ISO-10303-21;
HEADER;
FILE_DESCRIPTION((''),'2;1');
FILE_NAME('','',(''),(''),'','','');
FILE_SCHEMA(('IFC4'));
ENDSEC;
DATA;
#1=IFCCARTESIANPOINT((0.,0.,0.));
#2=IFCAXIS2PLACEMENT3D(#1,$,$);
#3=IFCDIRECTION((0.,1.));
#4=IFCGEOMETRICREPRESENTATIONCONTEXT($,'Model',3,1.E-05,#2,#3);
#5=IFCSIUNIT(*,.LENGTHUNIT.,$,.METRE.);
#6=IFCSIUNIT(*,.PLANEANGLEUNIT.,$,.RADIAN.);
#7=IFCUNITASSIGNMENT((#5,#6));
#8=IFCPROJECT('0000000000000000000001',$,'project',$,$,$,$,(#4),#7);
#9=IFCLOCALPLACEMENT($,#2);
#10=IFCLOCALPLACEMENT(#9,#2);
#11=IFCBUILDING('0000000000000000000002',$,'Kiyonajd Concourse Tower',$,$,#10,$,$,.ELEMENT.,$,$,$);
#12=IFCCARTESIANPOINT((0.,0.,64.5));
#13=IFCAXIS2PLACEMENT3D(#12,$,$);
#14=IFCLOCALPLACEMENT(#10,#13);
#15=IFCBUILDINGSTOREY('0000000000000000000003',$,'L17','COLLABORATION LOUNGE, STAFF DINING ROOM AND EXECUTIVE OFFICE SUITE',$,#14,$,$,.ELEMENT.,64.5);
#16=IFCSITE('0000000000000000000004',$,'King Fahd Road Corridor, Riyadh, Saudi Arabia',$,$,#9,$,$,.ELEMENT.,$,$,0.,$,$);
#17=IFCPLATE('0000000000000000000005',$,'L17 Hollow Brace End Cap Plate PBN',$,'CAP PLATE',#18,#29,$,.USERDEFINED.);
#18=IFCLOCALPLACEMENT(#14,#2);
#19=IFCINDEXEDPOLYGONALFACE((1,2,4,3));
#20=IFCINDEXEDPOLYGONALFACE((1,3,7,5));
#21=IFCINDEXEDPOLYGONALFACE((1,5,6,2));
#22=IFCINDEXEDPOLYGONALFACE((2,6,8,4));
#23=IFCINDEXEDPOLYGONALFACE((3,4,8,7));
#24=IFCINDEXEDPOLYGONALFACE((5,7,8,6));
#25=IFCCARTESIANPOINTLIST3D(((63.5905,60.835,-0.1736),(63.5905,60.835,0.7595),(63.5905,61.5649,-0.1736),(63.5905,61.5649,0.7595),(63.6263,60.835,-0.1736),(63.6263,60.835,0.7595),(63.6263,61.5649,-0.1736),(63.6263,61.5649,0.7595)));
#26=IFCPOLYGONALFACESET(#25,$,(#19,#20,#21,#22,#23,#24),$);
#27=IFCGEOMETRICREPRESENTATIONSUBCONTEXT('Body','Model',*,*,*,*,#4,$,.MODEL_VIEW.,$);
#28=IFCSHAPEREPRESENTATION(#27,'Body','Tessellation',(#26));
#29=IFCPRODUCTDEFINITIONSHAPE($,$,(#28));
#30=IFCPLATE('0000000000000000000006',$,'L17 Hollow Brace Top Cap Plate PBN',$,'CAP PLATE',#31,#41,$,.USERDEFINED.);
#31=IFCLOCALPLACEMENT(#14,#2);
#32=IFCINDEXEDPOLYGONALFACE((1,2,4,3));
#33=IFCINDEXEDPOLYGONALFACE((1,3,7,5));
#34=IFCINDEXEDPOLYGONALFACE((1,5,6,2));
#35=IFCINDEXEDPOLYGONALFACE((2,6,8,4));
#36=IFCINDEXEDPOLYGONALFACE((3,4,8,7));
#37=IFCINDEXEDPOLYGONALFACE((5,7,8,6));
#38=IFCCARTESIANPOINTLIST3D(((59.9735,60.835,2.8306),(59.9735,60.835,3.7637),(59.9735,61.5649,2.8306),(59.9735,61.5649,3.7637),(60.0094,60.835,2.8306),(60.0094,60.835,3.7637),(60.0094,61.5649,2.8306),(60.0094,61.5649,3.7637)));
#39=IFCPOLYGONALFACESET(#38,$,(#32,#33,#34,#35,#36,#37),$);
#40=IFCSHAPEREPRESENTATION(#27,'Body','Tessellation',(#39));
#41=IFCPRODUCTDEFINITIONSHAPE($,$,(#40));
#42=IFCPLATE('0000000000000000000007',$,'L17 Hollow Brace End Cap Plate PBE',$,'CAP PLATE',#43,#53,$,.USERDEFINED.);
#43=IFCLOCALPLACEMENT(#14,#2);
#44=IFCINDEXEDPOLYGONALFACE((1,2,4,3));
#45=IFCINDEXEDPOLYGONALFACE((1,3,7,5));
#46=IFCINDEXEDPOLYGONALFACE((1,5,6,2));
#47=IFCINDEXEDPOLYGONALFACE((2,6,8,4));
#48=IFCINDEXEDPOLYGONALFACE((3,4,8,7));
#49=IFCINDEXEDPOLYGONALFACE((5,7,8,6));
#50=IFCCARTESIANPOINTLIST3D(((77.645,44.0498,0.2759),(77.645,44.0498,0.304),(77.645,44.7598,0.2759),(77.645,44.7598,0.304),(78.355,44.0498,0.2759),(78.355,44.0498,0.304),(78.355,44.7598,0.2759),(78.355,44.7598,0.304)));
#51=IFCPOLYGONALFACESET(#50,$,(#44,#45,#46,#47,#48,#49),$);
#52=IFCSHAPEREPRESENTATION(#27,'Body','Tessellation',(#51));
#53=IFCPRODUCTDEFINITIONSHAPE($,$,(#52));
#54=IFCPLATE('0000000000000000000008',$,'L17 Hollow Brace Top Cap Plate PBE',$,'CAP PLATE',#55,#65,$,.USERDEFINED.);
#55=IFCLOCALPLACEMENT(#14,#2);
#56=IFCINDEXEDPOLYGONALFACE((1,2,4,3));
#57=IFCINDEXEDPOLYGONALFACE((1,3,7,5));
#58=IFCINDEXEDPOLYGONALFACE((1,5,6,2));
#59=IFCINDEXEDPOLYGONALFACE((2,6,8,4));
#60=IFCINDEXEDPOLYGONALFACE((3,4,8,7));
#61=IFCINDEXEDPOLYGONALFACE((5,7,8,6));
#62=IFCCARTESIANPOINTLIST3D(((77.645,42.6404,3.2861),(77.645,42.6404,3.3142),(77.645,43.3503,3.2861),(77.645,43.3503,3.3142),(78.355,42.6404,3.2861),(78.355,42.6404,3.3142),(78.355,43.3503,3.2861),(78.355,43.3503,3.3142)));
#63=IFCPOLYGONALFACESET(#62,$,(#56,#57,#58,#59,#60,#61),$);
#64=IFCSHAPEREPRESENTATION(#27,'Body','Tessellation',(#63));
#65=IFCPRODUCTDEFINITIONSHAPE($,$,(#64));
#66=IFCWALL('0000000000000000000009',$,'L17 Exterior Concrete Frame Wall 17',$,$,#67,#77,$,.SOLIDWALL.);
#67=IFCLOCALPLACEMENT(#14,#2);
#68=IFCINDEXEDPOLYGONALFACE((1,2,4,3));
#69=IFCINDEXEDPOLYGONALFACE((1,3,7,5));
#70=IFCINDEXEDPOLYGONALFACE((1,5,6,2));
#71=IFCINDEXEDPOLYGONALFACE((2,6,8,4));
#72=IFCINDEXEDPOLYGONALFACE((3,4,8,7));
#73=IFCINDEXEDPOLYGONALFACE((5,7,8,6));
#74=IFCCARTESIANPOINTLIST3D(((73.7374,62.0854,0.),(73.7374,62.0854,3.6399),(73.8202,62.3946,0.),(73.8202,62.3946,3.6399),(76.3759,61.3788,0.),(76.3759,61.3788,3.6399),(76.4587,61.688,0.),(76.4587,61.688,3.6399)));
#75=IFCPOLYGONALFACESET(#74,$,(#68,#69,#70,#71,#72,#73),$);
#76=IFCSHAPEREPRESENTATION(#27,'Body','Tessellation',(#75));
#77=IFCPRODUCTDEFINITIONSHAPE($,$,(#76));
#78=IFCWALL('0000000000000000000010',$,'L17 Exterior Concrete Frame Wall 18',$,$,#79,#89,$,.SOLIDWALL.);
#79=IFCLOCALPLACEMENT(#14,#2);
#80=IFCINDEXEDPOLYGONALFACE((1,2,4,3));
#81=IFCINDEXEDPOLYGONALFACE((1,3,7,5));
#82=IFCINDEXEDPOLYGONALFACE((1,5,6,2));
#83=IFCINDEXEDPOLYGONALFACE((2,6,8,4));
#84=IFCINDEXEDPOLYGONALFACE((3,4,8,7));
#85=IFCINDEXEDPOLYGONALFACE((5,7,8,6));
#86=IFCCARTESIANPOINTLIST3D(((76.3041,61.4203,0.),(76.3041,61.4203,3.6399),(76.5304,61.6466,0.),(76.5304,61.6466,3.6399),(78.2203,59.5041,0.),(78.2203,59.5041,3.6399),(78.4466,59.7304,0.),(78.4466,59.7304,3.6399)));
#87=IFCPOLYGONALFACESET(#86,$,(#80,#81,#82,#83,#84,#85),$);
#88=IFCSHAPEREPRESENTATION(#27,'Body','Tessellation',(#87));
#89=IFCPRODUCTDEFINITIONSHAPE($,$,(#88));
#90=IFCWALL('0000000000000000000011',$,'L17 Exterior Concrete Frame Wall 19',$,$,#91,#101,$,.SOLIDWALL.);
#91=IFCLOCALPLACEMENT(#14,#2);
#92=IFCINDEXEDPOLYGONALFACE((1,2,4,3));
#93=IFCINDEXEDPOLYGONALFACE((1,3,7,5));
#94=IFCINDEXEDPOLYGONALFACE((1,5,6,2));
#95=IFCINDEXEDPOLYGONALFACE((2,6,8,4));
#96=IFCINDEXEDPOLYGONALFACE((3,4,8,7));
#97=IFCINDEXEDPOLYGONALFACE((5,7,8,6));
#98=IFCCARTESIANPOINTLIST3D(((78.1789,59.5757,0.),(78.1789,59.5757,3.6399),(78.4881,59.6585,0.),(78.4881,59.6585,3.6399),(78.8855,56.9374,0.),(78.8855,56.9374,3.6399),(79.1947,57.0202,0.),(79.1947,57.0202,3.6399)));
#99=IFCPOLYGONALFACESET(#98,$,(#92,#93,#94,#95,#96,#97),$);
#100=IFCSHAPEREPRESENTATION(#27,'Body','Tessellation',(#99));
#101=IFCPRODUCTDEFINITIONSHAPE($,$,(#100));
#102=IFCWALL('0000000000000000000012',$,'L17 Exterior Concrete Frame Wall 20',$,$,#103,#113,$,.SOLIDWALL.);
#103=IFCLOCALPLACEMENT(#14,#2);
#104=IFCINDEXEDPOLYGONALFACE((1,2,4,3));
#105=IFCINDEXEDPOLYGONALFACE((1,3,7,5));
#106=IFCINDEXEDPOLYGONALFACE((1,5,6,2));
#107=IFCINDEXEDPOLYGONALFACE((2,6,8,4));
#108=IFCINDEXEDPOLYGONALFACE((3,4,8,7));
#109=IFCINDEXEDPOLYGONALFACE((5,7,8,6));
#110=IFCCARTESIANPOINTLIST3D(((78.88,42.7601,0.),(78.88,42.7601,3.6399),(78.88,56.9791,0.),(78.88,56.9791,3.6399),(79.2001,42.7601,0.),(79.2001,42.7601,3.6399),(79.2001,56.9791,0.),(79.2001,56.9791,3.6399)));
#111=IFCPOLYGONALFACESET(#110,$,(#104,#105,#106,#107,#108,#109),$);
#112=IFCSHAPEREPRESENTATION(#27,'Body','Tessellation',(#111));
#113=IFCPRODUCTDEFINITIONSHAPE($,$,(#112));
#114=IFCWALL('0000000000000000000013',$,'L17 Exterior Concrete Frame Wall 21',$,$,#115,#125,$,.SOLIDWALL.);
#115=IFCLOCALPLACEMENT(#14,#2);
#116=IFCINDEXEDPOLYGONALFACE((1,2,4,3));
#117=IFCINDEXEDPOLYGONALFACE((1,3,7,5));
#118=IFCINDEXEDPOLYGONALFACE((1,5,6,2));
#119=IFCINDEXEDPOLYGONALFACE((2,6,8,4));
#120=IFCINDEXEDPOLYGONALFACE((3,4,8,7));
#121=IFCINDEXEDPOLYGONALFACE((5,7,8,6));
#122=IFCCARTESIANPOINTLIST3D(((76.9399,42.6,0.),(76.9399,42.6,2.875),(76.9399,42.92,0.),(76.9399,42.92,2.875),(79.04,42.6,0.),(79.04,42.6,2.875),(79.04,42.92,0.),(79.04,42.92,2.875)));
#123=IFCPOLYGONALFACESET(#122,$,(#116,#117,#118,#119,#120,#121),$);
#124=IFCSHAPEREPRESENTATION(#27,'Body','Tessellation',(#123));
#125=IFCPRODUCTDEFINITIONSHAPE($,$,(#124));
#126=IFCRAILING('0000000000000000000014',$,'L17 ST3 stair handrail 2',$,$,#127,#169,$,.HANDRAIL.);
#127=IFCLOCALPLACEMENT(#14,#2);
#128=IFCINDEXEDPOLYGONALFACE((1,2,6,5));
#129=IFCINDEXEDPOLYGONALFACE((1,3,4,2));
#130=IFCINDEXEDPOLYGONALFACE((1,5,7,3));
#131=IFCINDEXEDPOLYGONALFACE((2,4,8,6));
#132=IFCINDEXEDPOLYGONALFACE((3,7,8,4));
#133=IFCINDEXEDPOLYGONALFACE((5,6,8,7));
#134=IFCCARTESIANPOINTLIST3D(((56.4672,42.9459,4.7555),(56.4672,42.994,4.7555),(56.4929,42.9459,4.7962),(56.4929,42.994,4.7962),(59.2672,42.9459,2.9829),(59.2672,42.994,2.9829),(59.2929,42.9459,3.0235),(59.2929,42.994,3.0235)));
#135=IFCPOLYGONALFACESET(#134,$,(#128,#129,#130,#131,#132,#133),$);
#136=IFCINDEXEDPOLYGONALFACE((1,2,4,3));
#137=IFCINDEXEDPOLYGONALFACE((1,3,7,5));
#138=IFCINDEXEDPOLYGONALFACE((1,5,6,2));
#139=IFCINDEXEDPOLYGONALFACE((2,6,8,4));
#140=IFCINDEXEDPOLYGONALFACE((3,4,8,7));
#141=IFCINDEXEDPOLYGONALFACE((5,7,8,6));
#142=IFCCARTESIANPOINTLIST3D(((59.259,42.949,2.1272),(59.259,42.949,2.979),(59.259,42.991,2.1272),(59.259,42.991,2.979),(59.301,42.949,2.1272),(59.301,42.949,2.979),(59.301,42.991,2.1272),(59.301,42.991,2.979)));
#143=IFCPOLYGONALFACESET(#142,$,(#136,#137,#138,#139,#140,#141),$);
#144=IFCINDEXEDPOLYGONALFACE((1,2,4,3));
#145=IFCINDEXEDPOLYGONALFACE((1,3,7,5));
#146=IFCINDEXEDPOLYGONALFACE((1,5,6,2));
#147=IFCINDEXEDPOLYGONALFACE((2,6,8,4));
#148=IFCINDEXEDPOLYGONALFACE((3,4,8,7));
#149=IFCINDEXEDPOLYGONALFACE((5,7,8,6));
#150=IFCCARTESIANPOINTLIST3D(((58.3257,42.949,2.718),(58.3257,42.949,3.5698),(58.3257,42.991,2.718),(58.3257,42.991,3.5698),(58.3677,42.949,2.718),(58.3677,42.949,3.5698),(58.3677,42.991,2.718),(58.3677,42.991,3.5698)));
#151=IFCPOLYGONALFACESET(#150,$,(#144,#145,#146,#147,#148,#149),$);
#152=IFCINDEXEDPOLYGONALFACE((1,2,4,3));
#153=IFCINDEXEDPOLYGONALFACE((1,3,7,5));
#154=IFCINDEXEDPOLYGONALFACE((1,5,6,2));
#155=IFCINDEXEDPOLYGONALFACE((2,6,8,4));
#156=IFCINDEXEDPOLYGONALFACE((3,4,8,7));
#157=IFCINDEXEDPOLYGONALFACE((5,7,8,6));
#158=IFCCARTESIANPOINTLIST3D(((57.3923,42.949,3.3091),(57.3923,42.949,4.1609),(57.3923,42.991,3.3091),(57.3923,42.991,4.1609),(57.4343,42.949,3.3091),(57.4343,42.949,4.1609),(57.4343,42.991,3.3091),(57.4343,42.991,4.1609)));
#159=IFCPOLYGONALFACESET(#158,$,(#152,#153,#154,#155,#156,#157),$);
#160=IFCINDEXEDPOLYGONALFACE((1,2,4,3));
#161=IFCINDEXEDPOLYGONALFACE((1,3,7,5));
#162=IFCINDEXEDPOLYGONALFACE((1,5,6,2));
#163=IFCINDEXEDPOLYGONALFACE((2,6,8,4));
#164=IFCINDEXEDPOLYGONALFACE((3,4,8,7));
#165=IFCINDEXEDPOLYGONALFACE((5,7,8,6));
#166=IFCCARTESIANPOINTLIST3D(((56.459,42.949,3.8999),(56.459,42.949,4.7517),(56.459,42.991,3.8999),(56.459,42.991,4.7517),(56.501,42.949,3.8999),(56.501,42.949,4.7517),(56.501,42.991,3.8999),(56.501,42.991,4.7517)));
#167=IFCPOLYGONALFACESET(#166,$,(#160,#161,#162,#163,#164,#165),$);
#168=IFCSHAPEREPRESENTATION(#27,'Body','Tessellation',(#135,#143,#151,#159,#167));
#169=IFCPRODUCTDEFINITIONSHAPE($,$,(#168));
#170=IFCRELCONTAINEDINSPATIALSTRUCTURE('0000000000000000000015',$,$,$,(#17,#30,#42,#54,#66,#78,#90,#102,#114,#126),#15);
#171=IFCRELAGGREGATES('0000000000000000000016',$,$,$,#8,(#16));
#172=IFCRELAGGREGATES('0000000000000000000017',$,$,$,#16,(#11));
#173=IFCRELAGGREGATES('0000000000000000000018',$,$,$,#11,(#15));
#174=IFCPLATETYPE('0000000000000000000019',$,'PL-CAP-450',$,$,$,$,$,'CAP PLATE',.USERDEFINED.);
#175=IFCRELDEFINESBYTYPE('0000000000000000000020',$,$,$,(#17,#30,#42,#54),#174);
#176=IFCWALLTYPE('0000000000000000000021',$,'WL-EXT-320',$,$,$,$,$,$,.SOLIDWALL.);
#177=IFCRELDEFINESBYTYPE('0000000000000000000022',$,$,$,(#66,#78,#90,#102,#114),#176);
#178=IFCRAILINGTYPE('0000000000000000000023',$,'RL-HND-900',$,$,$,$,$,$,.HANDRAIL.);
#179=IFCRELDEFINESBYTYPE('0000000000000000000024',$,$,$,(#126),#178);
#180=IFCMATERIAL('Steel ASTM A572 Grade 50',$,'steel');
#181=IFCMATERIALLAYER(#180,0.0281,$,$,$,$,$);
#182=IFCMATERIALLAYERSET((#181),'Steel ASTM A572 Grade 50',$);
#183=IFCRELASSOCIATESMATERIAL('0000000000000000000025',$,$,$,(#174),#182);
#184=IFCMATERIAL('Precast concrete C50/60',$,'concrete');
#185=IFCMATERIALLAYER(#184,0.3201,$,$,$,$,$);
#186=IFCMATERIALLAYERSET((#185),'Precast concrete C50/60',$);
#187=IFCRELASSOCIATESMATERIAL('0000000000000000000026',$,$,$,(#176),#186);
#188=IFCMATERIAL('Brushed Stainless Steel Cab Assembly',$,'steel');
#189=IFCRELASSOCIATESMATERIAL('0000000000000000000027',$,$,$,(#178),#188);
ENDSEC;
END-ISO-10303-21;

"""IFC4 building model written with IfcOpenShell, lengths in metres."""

from ifc_helpers import new_model, si_unit, direction, frame, frame_2d, origin, origin_2d, place, context, subcontext, project, spatial, rectangle, extrude, material, layer, layer_set, type_object, element, save


model = new_model("IFC4")

# Units and contexts
model_context = context("Model", 3, precision=1e-05, world=origin(), true_north=direction((0.0, 1.0)))
body_context = subcontext(model_context, "Body", "Model", "MODEL_VIEW")
ifc_project = project(units=[si_unit("LENGTHUNIT", "METRE"), si_unit("PLANEANGLEUNIT", "RADIAN")], contexts=[model_context])

# Site, building, storey
site_placement = place(None, origin())
site = spatial("IfcSite", under=ifc_project, at=site_placement, Name="King Fahd Road Corridor, Riyadh, Saudi Arabia", CompositionType="ELEMENT", RefElevation=0.0)
building_placement = place(site_placement, origin())
building = spatial("IfcBuilding", under=site, at=building_placement, Name="Kiyonajd Concourse Tower", CompositionType="ELEMENT")
storey_placement = place(building_placement, frame((0.0, 0.0, 64.5)))
storey = spatial("IfcBuildingStorey", under=building, at=storey_placement, Name="L17", Description="COLLABORATION LOUNGE, STAFF DINING ROOM AND EXECUTIVE OFFICE SUITE", CompositionType="ELEMENT", Elevation=64.5)

# Shared definitions
ifc_material_1 = material(Name="Precast concrete C50/60", Category="concrete")

# Shared definitions
ifc_material_2 = material(Name="Steel ASTM A572 Grade 50", Category="steel")

# Plates
ifc_layer_1 = layer(ifc_material_2, 0.0281)
ifc_layer_set_1 = layer_set([ifc_layer_1], Name="Steel ASTM A572 Grade 50")
plate_type = type_object("IfcPlateType", Name="PL-CAP-450", ElementType="CAP PLATE", PredefinedType="USERDEFINED", material=ifc_layer_set_1)
for number, where, z_axis, x_axis, name in (
    (1, (63.6084, 61.2, -0.1736), (0.0, 0.0, 1.0), (1.0, 0.0, 0.0), "L17 Hollow Brace End Cap Plate PBN"),
    (2, (59.9915, 61.2, 2.8306), (0.0, 0.0, 1.0), (-1.0, 0.0, 0.0), "L17 Hollow Brace Top Cap Plate PBN"),
):
    element("IfcPlate", number, at=place(storey_placement, frame(where, z_axis=z_axis, x_axis=x_axis)), inside=storey, type_object=plate_type, Name=name, ObjectType="CAP PLATE", PredefinedType="USERDEFINED", context=body_context, shape_type="SweptSolid", body=[
        extrude(rectangle(XDim=0.0359, YDim=0.73, at=origin_2d()), origin(), (0.0, 0.0, 1.0), 0.9331),
    ])
for number, where, z_axis, x_axis, name in (
    (3, (78.0, 44.4048, 0.2759), (0.0, 0.0, 1.0), (1.0, 0.0, 0.0), "L17 Hollow Brace End Cap Plate PBE"),
    (4, (78.0, 42.9954, 3.2861), (0.0, 0.0, 1.0), (1.0, 0.0, 0.0), "L17 Hollow Brace Top Cap Plate PBE"),
):
    element("IfcPlate", number, at=place(storey_placement, frame(where, z_axis=z_axis, x_axis=x_axis)), inside=storey, type_object=plate_type, Name=name, ObjectType="CAP PLATE", PredefinedType="USERDEFINED", context=body_context, shape_type="SweptSolid", body=[
        extrude(rectangle(XDim=0.71, YDim=0.71, at=origin_2d()), origin(), (0.0, 0.0, 1.0), 0.0281),
    ])

# Walls
ifc_layer_2 = layer(ifc_material_1, 0.3201)
ifc_layer_set_2 = layer_set([ifc_layer_2], Name="Precast concrete C50/60")
wall_type = type_object("IfcWallType", Name="WL-EXT-320", PredefinedType="SOLIDWALL", material=ifc_layer_set_2)
wall_1_placement = place(storey_placement, frame((73.7788, 62.24, 0.0), z_axis=(0.0, 0.0, 1.0), x_axis=(0.965964, -0.258675, 0.0)))
element("IfcWall", 5, at=wall_1_placement, inside=storey, type_object=wall_type, Name="L17 Exterior Concrete Frame Wall 17", PredefinedType="SOLIDWALL", context=body_context, shape_type="SweptSolid", body=[
    extrude(rectangle(XDim=2.7314, YDim=0.3201, at=frame_2d((1.3657, 0.0))), origin(), (0.0, 0.0, 1.0), 3.6399),
])
wall_2_placement = place(storey_placement, frame((76.4172, 61.5334, 0.0), z_axis=(0.0, 0.0, 1.0), x_axis=(0.707107, -0.707107, 0.0)))
element("IfcWall", 6, at=wall_2_placement, inside=storey, type_object=wall_type, Name="L17 Exterior Concrete Frame Wall 18", PredefinedType="SOLIDWALL", context=body_context, shape_type="SweptSolid", body=[
    extrude(rectangle(XDim=2.71, YDim=0.3201, at=frame_2d((1.355, 0.0))), origin(), (0.0, 0.0, 1.0), 3.6399),
])
wall_3_placement = place(storey_placement, frame((78.3335, 59.6172, 0.0), z_axis=(0.0, 0.0, 1.0), x_axis=(0.258697, -0.965958, 0.0)))
element("IfcWall", 7, at=wall_3_placement, inside=storey, type_object=wall_type, Name="L17 Exterior Concrete Frame Wall 19", PredefinedType="SOLIDWALL", context=body_context, shape_type="SweptSolid", body=[
    extrude(rectangle(XDim=2.7312, YDim=0.3201, at=frame_2d((1.3657, 0.0))), origin(), (0.0, 0.0, 1.0), 3.6399),
])
wall_4_placement = place(storey_placement, frame((79.04, 56.979, 0.0), z_axis=(0.0, 0.0, 1.0), x_axis=(0.0, -1.0, 0.0)))
element("IfcWall", 8, at=wall_4_placement, inside=storey, type_object=wall_type, Name="L17 Exterior Concrete Frame Wall 20", PredefinedType="SOLIDWALL", context=body_context, shape_type="SweptSolid", body=[
    extrude(rectangle(XDim=14.219, YDim=0.3201, at=frame_2d((7.1094, 0.0))), origin(), (0.0, 0.0, 1.0), 3.6399),
])
wall_5_placement = place(storey_placement, frame((79.04, 42.76, 0.0), z_axis=(0.0, 0.0, 1.0), x_axis=(-1.0, 0.0, 0.0)))
element("IfcWall", 9, at=wall_5_placement, inside=storey, type_object=wall_type, Name="L17 Exterior Concrete Frame Wall 21", PredefinedType="SOLIDWALL", context=body_context, shape_type="SweptSolid", body=[
    extrude(rectangle(XDim=2.1001, YDim=0.3201, at=frame_2d((1.05, 0.0))), origin(), (0.0, 0.0, 1.0), 2.875),
])

# Railing
ifc_material_3 = material(Name="Brushed Stainless Steel Cab Assembly", Category="steel")
railing_type = type_object("IfcRailingType", Name="RL-HND-900", PredefinedType="HANDRAIL", material=ifc_material_3)
railing_placement = place(storey_placement, frame((59.28, 42.97, 2.1272)))
element("IfcRailing", 10, at=railing_placement, inside=storey, type_object=railing_type, Name="L17 ST3 stair handrail 2", PredefinedType="HANDRAIL", context=body_context, shape_type="SweptSolid", body=[
    extrude(rectangle(XDim=0.0481, YDim=0.0481, at=origin_2d()), frame((0.0, 0.0, 0.876), z_axis=(-0.844909, 0.0, 0.53491), x_axis=(0.0, -1.0, 0.0)), (0.0, 0.0, 1.0), 3.314),
    extrude(rectangle(XDim=0.042, YDim=0.042, at=origin_2d()), origin(), (0.0, 0.0, 1.0), 0.8518),
    extrude(rectangle(XDim=0.042, YDim=0.042, at=origin_2d()), frame((-0.9333, 0.0, 0.5908)), (0.0, 0.0, 1.0), 0.8518),
    extrude(rectangle(XDim=0.042, YDim=0.042, at=origin_2d()), frame((-1.8667, 0.0, 1.1819)), (0.0, 0.0, 1.0), 0.8518),
    extrude(rectangle(XDim=0.042, YDim=0.042, at=origin_2d()), frame((-2.8, 0.0, 1.7727)), (0.0, 0.0, 1.0), 0.8518),
])

save(model, "model.ifc")
